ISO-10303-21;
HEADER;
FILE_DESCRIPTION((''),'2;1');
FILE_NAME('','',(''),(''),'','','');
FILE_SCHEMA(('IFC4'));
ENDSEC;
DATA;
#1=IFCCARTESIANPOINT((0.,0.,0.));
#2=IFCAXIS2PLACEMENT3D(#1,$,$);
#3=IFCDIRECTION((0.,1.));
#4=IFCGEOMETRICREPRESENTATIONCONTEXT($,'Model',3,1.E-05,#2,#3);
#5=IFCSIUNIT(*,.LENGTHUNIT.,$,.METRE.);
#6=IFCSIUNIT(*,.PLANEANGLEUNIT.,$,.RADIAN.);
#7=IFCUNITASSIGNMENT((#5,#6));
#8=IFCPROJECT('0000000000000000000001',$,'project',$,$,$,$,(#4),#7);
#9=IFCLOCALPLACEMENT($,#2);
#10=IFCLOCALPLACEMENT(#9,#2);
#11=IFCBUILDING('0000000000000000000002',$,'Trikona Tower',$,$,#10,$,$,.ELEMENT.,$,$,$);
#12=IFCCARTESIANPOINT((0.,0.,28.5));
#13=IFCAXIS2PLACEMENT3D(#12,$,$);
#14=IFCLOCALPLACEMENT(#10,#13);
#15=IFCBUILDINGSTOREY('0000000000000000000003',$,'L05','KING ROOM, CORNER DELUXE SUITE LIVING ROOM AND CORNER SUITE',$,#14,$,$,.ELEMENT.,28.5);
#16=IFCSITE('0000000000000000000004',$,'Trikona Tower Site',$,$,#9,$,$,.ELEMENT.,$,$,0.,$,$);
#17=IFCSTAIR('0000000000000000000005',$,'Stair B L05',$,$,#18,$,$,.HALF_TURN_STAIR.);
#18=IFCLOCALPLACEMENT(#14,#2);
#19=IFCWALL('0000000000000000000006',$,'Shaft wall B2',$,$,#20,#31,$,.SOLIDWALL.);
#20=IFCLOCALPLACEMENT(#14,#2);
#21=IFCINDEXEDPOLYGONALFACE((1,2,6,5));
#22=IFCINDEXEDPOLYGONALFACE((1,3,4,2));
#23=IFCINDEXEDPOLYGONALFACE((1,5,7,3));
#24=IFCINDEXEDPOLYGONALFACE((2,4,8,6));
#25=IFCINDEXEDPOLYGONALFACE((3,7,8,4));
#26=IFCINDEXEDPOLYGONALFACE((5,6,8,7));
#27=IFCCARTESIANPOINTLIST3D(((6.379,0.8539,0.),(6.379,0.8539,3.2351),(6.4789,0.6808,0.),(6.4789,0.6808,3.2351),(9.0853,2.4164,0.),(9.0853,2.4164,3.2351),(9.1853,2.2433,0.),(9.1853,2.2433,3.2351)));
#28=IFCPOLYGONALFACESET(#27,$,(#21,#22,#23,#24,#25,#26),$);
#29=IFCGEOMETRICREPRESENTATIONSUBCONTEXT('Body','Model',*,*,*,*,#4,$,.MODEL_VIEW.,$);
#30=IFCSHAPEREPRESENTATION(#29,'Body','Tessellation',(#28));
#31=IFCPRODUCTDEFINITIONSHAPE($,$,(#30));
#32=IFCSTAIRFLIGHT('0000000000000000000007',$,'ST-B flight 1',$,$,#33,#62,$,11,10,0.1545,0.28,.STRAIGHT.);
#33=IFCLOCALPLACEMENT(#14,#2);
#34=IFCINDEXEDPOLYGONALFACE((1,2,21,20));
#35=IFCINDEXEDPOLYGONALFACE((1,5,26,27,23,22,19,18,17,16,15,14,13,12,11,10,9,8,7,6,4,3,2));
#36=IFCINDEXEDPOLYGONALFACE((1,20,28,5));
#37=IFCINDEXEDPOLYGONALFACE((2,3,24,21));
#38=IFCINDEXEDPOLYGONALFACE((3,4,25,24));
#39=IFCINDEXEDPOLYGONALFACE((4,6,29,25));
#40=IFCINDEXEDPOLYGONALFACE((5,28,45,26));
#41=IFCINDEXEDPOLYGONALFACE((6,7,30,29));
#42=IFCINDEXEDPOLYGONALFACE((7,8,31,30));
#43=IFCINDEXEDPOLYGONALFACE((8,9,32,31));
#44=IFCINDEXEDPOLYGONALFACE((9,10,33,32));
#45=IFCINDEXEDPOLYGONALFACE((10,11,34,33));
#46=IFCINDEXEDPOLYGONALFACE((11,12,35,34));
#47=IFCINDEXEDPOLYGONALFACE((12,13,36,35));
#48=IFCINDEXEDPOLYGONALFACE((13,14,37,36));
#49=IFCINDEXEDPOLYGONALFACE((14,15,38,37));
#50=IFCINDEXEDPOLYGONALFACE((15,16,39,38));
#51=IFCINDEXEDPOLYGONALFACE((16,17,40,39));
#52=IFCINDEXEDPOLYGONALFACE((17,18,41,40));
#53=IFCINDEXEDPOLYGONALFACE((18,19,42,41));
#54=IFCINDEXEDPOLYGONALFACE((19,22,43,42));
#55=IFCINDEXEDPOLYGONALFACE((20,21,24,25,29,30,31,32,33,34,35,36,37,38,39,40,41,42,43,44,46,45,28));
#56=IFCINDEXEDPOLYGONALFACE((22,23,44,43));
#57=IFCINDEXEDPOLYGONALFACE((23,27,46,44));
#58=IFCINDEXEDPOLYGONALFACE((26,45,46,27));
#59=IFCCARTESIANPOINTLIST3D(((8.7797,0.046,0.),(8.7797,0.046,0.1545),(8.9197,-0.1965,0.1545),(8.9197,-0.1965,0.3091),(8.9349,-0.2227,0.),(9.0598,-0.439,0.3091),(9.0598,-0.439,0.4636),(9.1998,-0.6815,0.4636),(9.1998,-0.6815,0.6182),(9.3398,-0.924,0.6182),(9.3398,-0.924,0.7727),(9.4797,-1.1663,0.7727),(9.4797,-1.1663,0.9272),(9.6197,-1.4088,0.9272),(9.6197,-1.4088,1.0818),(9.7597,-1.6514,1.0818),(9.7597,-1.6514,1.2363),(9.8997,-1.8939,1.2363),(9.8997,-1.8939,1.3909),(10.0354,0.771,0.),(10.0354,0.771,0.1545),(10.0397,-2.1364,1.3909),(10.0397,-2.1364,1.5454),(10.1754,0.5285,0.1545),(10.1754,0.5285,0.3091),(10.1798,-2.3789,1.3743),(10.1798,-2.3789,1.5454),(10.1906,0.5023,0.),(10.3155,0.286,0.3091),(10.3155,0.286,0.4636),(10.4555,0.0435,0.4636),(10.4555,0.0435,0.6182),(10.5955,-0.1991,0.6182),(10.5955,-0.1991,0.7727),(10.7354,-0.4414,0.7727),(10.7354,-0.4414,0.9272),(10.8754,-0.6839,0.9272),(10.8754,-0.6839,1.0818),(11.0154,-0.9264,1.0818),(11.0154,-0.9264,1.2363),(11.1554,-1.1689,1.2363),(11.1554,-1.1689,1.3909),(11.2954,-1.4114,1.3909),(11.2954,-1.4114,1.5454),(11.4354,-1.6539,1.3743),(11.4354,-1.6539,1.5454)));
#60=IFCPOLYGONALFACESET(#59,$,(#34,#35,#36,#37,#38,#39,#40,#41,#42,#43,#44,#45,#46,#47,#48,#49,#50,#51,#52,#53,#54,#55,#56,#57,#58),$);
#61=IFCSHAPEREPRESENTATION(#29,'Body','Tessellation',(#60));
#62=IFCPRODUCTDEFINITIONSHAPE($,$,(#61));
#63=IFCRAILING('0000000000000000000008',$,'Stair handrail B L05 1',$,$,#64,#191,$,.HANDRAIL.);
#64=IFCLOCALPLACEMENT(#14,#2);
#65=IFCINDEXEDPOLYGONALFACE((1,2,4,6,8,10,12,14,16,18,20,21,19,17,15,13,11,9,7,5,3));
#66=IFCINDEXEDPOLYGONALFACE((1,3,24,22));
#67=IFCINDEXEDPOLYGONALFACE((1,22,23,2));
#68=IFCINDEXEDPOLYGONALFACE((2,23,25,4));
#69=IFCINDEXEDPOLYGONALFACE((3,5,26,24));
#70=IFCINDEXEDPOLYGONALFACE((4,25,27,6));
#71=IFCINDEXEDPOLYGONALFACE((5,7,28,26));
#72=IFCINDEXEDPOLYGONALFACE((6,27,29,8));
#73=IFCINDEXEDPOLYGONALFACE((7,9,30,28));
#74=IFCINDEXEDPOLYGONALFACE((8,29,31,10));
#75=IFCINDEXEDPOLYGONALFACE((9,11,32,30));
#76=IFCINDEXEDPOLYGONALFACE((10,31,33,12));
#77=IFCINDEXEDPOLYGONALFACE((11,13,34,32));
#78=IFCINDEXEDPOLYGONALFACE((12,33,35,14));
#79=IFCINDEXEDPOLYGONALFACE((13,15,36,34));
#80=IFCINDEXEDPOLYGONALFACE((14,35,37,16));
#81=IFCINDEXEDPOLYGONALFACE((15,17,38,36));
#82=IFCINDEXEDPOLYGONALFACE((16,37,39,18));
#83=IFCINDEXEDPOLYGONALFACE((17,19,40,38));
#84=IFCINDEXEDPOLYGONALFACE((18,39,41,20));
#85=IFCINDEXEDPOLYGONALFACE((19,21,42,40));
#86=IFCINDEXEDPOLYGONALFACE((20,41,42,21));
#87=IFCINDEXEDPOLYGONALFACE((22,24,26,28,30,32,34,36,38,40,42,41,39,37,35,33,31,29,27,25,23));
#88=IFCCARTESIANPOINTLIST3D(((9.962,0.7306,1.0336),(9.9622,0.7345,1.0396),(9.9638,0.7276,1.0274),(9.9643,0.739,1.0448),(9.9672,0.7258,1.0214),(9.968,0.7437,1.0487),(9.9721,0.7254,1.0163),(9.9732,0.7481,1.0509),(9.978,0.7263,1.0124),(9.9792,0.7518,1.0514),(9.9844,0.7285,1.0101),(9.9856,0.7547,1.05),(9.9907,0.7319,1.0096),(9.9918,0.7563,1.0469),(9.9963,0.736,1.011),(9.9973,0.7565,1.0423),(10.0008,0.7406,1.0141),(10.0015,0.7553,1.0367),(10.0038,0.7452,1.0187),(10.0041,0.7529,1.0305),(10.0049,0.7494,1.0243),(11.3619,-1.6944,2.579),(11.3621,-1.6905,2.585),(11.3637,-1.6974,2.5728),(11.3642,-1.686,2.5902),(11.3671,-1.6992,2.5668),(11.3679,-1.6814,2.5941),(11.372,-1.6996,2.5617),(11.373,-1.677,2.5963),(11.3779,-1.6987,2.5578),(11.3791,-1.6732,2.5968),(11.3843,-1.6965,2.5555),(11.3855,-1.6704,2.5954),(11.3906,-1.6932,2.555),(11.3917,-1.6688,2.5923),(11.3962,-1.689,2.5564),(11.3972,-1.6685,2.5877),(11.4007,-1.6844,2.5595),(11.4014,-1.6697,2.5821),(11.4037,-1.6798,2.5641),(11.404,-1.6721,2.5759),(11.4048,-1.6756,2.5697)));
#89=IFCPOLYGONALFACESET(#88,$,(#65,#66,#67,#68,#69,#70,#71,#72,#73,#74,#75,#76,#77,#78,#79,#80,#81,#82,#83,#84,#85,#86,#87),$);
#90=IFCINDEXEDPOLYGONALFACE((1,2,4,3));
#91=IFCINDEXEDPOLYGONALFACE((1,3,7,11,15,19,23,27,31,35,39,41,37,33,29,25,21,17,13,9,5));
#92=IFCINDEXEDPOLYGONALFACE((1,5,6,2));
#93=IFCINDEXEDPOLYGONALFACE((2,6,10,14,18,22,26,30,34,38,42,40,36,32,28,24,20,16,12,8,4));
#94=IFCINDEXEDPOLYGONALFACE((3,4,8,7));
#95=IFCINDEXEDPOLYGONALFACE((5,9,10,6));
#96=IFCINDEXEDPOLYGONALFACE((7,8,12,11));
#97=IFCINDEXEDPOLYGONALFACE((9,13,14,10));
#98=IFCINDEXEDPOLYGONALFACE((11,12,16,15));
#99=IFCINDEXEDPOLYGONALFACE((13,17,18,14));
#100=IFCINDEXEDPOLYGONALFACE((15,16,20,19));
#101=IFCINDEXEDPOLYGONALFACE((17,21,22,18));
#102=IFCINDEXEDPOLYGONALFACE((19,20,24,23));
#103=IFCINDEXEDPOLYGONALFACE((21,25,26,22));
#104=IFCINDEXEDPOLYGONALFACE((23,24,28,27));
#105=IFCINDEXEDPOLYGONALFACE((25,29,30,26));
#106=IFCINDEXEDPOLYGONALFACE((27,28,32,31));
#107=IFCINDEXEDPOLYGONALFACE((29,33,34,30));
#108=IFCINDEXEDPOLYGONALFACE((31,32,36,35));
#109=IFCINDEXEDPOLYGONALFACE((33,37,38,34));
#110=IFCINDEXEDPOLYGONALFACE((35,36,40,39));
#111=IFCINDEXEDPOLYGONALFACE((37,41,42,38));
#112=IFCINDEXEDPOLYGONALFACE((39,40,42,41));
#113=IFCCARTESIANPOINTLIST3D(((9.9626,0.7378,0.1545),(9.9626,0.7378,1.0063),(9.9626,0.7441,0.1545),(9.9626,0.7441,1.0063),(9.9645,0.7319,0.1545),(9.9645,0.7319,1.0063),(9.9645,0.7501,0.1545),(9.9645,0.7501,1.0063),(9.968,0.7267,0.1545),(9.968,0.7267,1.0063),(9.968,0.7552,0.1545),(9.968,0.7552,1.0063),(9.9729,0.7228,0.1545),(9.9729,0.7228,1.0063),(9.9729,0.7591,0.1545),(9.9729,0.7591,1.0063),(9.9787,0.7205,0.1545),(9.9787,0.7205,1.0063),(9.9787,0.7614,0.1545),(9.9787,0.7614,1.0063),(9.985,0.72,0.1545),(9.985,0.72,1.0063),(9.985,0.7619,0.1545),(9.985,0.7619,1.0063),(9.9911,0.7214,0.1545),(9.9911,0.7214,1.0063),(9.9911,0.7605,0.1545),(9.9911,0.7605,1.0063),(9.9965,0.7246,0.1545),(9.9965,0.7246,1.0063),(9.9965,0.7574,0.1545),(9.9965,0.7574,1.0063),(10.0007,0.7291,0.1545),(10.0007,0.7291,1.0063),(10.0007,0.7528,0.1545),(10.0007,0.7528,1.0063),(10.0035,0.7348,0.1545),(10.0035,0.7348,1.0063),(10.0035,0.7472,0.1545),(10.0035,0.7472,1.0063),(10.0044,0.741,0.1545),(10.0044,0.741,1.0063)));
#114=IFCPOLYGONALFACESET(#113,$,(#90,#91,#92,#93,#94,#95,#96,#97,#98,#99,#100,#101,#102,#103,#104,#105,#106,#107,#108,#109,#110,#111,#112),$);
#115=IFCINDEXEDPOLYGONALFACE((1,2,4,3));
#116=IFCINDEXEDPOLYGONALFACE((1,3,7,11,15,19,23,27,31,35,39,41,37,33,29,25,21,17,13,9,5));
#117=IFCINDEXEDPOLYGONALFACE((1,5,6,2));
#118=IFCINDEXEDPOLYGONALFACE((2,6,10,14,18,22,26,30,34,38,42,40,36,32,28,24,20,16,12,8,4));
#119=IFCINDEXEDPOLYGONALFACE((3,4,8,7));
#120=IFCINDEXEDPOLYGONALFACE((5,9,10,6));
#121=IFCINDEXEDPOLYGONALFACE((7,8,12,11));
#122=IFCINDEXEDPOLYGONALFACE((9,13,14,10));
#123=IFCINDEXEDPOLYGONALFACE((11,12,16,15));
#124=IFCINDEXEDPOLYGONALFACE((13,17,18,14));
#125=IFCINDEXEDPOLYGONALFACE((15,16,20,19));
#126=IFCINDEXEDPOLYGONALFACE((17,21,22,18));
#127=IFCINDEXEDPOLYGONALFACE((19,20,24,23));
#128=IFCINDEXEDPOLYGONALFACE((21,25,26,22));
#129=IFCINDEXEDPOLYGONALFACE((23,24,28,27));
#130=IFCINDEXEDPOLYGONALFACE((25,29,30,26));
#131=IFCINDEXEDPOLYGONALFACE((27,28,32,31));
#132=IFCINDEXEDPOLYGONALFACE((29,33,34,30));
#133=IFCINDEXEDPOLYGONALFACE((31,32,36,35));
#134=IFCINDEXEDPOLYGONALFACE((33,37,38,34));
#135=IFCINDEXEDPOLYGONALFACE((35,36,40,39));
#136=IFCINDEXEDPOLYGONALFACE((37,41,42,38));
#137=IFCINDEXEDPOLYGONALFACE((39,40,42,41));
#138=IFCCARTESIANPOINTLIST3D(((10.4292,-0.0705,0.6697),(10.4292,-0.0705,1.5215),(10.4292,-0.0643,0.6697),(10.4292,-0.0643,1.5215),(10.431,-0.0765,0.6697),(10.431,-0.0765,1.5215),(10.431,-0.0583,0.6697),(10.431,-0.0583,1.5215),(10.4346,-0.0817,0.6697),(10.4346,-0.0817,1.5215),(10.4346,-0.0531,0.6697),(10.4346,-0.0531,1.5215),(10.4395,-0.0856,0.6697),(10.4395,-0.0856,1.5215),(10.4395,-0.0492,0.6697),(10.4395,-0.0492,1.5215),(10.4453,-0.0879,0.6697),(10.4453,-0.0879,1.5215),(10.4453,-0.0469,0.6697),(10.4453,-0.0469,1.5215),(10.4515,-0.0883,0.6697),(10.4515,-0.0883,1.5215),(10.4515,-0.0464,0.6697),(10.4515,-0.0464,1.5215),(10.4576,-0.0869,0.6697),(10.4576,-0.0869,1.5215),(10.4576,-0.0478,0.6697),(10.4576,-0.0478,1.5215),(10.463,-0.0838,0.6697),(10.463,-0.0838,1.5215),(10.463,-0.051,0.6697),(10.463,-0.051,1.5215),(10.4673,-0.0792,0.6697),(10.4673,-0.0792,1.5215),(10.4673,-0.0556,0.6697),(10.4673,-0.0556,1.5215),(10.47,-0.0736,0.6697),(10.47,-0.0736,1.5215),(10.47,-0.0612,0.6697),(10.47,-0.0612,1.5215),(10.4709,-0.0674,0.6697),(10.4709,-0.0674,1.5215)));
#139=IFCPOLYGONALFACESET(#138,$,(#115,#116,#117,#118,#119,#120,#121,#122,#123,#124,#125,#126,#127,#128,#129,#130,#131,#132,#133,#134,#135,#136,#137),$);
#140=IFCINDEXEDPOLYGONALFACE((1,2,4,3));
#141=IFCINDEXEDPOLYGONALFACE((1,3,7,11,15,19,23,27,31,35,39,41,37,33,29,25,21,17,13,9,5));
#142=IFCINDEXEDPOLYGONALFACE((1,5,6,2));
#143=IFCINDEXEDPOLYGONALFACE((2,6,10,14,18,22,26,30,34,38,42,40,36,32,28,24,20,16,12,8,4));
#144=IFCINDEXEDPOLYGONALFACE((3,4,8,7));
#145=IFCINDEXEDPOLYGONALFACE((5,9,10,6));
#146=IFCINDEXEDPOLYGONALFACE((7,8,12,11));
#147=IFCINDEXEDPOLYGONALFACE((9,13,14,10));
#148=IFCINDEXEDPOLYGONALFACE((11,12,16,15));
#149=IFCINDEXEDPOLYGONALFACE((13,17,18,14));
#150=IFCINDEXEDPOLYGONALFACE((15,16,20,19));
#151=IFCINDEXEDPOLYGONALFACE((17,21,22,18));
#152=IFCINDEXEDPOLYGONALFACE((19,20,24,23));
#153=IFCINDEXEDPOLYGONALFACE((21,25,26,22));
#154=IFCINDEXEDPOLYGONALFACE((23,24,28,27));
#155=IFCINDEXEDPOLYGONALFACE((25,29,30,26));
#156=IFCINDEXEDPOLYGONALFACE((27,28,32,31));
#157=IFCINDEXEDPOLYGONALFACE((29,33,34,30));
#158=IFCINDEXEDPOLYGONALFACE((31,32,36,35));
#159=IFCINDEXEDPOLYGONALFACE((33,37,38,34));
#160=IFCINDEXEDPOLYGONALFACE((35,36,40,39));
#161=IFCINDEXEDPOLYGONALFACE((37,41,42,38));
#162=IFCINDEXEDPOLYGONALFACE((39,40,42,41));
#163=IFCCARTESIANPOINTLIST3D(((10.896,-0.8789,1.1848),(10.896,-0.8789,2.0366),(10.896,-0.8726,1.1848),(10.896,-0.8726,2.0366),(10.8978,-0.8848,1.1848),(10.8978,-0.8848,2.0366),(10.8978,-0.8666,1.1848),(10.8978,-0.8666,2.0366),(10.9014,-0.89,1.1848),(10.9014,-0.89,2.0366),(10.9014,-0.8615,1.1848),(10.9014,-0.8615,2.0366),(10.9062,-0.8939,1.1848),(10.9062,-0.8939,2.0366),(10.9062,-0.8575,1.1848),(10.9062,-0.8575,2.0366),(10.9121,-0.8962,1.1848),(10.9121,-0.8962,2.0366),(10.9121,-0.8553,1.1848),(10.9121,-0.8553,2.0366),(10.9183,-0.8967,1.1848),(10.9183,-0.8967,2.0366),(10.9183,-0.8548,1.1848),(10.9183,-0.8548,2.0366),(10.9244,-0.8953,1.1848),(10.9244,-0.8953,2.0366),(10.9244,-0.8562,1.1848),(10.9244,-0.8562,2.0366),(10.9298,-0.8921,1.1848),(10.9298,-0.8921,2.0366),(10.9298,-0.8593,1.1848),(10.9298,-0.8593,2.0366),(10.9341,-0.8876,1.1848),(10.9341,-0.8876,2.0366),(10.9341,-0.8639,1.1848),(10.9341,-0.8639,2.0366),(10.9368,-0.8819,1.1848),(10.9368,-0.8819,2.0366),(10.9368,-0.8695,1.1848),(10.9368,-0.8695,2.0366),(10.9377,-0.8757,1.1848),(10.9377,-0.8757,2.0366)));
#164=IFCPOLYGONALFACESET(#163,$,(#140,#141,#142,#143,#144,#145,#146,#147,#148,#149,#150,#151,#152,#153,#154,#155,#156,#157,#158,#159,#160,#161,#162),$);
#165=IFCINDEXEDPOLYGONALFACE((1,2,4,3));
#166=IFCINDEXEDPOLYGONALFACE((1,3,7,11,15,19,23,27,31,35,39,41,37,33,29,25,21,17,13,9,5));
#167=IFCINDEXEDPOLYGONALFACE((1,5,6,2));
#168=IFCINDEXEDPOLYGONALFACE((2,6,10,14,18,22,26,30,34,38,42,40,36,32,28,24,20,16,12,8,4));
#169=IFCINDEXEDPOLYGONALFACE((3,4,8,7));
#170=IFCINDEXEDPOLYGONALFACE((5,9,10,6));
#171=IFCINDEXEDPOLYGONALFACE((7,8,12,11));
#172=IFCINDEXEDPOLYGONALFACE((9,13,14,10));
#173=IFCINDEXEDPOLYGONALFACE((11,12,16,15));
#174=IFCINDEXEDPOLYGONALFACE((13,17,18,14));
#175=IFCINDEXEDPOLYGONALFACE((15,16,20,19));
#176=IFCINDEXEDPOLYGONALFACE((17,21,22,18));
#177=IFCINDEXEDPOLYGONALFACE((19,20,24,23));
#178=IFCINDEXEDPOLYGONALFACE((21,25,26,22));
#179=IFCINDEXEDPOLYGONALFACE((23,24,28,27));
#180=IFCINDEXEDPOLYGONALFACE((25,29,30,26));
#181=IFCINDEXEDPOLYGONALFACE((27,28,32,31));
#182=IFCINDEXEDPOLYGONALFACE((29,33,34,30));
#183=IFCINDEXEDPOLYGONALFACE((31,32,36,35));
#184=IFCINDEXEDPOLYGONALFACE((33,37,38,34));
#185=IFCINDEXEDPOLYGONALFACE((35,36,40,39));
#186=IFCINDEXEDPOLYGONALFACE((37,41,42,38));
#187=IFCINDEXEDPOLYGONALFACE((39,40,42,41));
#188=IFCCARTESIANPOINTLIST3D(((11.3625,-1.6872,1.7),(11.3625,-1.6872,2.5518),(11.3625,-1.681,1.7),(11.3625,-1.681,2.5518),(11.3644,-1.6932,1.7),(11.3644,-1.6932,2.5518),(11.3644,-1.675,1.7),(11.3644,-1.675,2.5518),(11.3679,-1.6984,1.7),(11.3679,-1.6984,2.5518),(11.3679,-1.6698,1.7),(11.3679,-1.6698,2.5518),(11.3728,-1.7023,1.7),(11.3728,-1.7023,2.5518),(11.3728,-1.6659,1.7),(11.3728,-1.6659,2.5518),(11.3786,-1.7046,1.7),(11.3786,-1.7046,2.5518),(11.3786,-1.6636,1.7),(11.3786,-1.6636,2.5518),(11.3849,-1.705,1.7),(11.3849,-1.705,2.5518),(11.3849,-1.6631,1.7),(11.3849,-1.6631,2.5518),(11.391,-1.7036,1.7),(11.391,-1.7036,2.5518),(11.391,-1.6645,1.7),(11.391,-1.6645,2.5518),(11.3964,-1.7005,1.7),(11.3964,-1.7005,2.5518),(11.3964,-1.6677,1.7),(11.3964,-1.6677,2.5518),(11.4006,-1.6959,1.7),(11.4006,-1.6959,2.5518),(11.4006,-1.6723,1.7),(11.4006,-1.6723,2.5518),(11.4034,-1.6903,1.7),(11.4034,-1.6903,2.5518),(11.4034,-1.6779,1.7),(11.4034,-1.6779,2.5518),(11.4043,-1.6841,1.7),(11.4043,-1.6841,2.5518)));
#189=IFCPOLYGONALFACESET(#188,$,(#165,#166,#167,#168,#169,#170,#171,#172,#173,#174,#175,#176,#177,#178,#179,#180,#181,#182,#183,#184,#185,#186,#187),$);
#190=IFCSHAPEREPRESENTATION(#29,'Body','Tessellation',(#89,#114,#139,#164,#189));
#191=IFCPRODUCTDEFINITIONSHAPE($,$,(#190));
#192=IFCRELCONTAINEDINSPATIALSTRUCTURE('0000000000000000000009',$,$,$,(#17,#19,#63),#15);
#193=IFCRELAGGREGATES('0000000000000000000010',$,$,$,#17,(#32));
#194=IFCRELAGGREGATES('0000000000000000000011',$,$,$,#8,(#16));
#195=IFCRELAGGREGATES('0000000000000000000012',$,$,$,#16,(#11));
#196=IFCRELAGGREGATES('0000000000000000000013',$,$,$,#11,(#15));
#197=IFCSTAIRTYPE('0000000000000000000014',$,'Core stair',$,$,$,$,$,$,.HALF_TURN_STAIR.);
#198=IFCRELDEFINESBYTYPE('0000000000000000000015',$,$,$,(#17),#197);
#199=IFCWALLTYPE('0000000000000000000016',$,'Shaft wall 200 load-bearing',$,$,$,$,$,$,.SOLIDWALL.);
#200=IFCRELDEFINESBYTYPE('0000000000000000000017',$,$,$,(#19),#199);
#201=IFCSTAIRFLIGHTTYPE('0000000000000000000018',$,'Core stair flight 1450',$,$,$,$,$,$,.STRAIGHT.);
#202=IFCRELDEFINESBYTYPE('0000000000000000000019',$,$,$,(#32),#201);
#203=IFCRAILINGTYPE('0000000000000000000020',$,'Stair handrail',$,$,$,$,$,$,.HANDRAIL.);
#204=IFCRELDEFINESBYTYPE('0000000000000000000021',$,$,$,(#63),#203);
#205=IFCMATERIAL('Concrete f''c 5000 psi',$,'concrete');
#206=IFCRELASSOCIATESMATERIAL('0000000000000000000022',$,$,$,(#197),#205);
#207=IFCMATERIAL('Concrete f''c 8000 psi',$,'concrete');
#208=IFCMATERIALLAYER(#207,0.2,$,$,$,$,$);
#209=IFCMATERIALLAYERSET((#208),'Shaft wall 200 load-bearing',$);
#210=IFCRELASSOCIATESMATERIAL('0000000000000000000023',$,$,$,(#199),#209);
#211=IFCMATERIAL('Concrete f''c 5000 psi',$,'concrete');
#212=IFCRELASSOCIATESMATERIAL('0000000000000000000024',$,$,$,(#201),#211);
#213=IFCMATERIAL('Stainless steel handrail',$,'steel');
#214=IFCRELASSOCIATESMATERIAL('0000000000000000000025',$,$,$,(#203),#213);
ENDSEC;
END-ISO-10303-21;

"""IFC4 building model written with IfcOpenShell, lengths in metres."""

from ifc_helpers import new_model, si_unit, direction, frame, frame_2d, origin, origin_2d, place, context, subcontext, project, spatial, polyline, rectangle, circle, outline, extrude, material, layer, layer_set, type_object, element, aggregate, save


model = new_model("IFC4")

# Units and contexts
model_context = context("Model", 3, precision=1e-05, world=origin(), true_north=direction((0.0, 1.0)))
body_context = subcontext(model_context, "Body", "Model", "MODEL_VIEW")
ifc_project = project(units=[si_unit("LENGTHUNIT", "METRE"), si_unit("PLANEANGLEUNIT", "RADIAN")], contexts=[model_context])

# Site, building, storey
site_placement = place(None, origin())
site = spatial("IfcSite", under=ifc_project, at=site_placement, Name="Trikona Tower Site", CompositionType="ELEMENT", RefElevation=0.0)
building_placement = place(site_placement, origin())
building = spatial("IfcBuilding", under=site, at=building_placement, Name="Trikona Tower", CompositionType="ELEMENT")
storey_placement = place(building_placement, frame((0.0, 0.0, 28.5)))
storey = spatial("IfcBuildingStorey", under=building, at=storey_placement, Name="L05", Description="KING ROOM, CORNER DELUXE SUITE LIVING ROOM AND CORNER SUITE", CompositionType="ELEMENT", Elevation=28.5)

# Stair
ifc_material_1 = material(Name="Concrete f'c 5000 psi", Category="concrete")
stair_type = type_object("IfcStairType", Name="Core stair", PredefinedType="HALF_TURN_STAIR", material=ifc_material_1)
stair_1_placement = place(storey_placement, origin())
stair_1 = element("IfcStair", 1, at=stair_1_placement, inside=storey, type_object=stair_type, Name="Stair B L05", PredefinedType="HALF_TURN_STAIR")

# Wall
ifc_material_2 = material(Name="Concrete f'c 8000 psi", Category="concrete")
ifc_layer_1 = layer(ifc_material_2, 0.2)
ifc_layer_set_1 = layer_set([ifc_layer_1], Name="Shaft wall 200 load-bearing")
wall_type_1 = type_object("IfcWallType", Name="Shaft wall 200 load-bearing", PredefinedType="SOLIDWALL", material=ifc_layer_set_1)
wall_1_placement = place(storey_placement, frame((6.429, 0.7673, 0.0), z_axis=(0.0, 0.0, 1.0), x_axis=(0.866023, 0.500004, 0.0)))
element("IfcWall", 2, at=wall_1_placement, inside=storey, type_object=wall_type_1, Name="Shaft wall B2", PredefinedType="SOLIDWALL", context=body_context, shape_type="SweptSolid", body=[
    extrude(rectangle(XDim=3.125, YDim=0.2, at=frame_2d((1.5625, 0.0))), origin(), (0.0, 0.0, 1.0), 3.2351),
])

# Stair flight
ifc_material_3 = material(Name="Concrete f'c 5000 psi", Category="concrete")
stair_flight_type = type_object("IfcStairFlightType", Name="Core stair flight 1450", PredefinedType="STRAIGHT", material=ifc_material_3)
stair_flight_placement = place(storey_placement, frame((9.4075, 0.4084, 0.0), z_axis=(0.0, 0.0, 1.0), x_axis=(0.5, -0.866025, 0.0)))
stair_flight = element("IfcStairFlight", 3, at=stair_flight_placement, type_object=stair_flight_type, Name="ST-B flight 1", NumberOfRisers=11, NumberOfTreads=10, PredefinedType="STRAIGHT", RiserHeight=0.1545, TreadLength=0.28, context=body_context, shape_type="SweptSolid", body=[
    extrude(outline(polyline([(0.0, 0.0), (0.0, 0.1545), (0.28, 0.1545), (0.28, 0.3091), (0.5601, 0.3091), (0.5601, 0.4636), (0.8401, 0.4636), (0.8401, 0.6182), (1.1201, 0.6182), (1.1201, 0.7727), (1.3999, 0.7727), (1.3999, 0.9272), (1.6799, 0.9272), (1.6799, 1.0818), (1.96, 1.0818), (1.96, 1.2363), (2.24, 1.2363), (2.24, 1.3909), (2.52, 1.3909), (2.52, 1.5454), (2.8, 1.5454), (2.8, 1.7), (2.8, 1.3743), (0.3103, 0.0), (0.0, 0.0)])), frame((0.0, 0.7251, 0.0), z_axis=(0.0, -1.0, 0.0), x_axis=(1.0, 0.0, 0.0)), (0.0, 0.0, 1.0), 1.45),
])
aggregate(stair_1, [stair_flight])

# Railing
ifc_material_4 = material(Name="Stainless steel handrail", Category="steel")
railing_type = type_object("IfcRailingType", Name="Stair handrail", PredefinedType="HANDRAIL", material=ifc_material_4)
railing_placement = place(storey_placement, frame((9.9834, 0.741, 0.1545)))
element("IfcRailing", 4, at=railing_placement, inside=storey, type_object=railing_type, Name="Stair handrail B L05 1", PredefinedType="HANDRAIL", context=body_context, shape_type="SweptSolid", body=[
    extrude(circle(Radius=0.0239, at=origin_2d()), frame((0.0, 0.0, 0.876), z_axis=(0.437707, -0.75824, 0.483203), x_axis=(0.866056, 0.499946, 0.0)), (0.0, 0.0, 1.0), 3.1982),
    extrude(circle(Radius=0.021, at=origin_2d()), origin(), (0.0, 0.0, 1.0), 0.8518),
    extrude(circle(Radius=0.021, at=origin_2d()), frame((0.4666, -0.8083, 0.5151)), (0.0, 0.0, 1.0), 0.8518),
    extrude(circle(Radius=0.021, at=origin_2d()), frame((0.9333, -1.6167, 1.0303)), (0.0, 0.0, 1.0), 0.8518),
    extrude(circle(Radius=0.021, at=origin_2d()), frame((1.3999, -2.425, 1.5454)), (0.0, 0.0, 1.0), 0.8518),
])

save(model, "model.ifc")
